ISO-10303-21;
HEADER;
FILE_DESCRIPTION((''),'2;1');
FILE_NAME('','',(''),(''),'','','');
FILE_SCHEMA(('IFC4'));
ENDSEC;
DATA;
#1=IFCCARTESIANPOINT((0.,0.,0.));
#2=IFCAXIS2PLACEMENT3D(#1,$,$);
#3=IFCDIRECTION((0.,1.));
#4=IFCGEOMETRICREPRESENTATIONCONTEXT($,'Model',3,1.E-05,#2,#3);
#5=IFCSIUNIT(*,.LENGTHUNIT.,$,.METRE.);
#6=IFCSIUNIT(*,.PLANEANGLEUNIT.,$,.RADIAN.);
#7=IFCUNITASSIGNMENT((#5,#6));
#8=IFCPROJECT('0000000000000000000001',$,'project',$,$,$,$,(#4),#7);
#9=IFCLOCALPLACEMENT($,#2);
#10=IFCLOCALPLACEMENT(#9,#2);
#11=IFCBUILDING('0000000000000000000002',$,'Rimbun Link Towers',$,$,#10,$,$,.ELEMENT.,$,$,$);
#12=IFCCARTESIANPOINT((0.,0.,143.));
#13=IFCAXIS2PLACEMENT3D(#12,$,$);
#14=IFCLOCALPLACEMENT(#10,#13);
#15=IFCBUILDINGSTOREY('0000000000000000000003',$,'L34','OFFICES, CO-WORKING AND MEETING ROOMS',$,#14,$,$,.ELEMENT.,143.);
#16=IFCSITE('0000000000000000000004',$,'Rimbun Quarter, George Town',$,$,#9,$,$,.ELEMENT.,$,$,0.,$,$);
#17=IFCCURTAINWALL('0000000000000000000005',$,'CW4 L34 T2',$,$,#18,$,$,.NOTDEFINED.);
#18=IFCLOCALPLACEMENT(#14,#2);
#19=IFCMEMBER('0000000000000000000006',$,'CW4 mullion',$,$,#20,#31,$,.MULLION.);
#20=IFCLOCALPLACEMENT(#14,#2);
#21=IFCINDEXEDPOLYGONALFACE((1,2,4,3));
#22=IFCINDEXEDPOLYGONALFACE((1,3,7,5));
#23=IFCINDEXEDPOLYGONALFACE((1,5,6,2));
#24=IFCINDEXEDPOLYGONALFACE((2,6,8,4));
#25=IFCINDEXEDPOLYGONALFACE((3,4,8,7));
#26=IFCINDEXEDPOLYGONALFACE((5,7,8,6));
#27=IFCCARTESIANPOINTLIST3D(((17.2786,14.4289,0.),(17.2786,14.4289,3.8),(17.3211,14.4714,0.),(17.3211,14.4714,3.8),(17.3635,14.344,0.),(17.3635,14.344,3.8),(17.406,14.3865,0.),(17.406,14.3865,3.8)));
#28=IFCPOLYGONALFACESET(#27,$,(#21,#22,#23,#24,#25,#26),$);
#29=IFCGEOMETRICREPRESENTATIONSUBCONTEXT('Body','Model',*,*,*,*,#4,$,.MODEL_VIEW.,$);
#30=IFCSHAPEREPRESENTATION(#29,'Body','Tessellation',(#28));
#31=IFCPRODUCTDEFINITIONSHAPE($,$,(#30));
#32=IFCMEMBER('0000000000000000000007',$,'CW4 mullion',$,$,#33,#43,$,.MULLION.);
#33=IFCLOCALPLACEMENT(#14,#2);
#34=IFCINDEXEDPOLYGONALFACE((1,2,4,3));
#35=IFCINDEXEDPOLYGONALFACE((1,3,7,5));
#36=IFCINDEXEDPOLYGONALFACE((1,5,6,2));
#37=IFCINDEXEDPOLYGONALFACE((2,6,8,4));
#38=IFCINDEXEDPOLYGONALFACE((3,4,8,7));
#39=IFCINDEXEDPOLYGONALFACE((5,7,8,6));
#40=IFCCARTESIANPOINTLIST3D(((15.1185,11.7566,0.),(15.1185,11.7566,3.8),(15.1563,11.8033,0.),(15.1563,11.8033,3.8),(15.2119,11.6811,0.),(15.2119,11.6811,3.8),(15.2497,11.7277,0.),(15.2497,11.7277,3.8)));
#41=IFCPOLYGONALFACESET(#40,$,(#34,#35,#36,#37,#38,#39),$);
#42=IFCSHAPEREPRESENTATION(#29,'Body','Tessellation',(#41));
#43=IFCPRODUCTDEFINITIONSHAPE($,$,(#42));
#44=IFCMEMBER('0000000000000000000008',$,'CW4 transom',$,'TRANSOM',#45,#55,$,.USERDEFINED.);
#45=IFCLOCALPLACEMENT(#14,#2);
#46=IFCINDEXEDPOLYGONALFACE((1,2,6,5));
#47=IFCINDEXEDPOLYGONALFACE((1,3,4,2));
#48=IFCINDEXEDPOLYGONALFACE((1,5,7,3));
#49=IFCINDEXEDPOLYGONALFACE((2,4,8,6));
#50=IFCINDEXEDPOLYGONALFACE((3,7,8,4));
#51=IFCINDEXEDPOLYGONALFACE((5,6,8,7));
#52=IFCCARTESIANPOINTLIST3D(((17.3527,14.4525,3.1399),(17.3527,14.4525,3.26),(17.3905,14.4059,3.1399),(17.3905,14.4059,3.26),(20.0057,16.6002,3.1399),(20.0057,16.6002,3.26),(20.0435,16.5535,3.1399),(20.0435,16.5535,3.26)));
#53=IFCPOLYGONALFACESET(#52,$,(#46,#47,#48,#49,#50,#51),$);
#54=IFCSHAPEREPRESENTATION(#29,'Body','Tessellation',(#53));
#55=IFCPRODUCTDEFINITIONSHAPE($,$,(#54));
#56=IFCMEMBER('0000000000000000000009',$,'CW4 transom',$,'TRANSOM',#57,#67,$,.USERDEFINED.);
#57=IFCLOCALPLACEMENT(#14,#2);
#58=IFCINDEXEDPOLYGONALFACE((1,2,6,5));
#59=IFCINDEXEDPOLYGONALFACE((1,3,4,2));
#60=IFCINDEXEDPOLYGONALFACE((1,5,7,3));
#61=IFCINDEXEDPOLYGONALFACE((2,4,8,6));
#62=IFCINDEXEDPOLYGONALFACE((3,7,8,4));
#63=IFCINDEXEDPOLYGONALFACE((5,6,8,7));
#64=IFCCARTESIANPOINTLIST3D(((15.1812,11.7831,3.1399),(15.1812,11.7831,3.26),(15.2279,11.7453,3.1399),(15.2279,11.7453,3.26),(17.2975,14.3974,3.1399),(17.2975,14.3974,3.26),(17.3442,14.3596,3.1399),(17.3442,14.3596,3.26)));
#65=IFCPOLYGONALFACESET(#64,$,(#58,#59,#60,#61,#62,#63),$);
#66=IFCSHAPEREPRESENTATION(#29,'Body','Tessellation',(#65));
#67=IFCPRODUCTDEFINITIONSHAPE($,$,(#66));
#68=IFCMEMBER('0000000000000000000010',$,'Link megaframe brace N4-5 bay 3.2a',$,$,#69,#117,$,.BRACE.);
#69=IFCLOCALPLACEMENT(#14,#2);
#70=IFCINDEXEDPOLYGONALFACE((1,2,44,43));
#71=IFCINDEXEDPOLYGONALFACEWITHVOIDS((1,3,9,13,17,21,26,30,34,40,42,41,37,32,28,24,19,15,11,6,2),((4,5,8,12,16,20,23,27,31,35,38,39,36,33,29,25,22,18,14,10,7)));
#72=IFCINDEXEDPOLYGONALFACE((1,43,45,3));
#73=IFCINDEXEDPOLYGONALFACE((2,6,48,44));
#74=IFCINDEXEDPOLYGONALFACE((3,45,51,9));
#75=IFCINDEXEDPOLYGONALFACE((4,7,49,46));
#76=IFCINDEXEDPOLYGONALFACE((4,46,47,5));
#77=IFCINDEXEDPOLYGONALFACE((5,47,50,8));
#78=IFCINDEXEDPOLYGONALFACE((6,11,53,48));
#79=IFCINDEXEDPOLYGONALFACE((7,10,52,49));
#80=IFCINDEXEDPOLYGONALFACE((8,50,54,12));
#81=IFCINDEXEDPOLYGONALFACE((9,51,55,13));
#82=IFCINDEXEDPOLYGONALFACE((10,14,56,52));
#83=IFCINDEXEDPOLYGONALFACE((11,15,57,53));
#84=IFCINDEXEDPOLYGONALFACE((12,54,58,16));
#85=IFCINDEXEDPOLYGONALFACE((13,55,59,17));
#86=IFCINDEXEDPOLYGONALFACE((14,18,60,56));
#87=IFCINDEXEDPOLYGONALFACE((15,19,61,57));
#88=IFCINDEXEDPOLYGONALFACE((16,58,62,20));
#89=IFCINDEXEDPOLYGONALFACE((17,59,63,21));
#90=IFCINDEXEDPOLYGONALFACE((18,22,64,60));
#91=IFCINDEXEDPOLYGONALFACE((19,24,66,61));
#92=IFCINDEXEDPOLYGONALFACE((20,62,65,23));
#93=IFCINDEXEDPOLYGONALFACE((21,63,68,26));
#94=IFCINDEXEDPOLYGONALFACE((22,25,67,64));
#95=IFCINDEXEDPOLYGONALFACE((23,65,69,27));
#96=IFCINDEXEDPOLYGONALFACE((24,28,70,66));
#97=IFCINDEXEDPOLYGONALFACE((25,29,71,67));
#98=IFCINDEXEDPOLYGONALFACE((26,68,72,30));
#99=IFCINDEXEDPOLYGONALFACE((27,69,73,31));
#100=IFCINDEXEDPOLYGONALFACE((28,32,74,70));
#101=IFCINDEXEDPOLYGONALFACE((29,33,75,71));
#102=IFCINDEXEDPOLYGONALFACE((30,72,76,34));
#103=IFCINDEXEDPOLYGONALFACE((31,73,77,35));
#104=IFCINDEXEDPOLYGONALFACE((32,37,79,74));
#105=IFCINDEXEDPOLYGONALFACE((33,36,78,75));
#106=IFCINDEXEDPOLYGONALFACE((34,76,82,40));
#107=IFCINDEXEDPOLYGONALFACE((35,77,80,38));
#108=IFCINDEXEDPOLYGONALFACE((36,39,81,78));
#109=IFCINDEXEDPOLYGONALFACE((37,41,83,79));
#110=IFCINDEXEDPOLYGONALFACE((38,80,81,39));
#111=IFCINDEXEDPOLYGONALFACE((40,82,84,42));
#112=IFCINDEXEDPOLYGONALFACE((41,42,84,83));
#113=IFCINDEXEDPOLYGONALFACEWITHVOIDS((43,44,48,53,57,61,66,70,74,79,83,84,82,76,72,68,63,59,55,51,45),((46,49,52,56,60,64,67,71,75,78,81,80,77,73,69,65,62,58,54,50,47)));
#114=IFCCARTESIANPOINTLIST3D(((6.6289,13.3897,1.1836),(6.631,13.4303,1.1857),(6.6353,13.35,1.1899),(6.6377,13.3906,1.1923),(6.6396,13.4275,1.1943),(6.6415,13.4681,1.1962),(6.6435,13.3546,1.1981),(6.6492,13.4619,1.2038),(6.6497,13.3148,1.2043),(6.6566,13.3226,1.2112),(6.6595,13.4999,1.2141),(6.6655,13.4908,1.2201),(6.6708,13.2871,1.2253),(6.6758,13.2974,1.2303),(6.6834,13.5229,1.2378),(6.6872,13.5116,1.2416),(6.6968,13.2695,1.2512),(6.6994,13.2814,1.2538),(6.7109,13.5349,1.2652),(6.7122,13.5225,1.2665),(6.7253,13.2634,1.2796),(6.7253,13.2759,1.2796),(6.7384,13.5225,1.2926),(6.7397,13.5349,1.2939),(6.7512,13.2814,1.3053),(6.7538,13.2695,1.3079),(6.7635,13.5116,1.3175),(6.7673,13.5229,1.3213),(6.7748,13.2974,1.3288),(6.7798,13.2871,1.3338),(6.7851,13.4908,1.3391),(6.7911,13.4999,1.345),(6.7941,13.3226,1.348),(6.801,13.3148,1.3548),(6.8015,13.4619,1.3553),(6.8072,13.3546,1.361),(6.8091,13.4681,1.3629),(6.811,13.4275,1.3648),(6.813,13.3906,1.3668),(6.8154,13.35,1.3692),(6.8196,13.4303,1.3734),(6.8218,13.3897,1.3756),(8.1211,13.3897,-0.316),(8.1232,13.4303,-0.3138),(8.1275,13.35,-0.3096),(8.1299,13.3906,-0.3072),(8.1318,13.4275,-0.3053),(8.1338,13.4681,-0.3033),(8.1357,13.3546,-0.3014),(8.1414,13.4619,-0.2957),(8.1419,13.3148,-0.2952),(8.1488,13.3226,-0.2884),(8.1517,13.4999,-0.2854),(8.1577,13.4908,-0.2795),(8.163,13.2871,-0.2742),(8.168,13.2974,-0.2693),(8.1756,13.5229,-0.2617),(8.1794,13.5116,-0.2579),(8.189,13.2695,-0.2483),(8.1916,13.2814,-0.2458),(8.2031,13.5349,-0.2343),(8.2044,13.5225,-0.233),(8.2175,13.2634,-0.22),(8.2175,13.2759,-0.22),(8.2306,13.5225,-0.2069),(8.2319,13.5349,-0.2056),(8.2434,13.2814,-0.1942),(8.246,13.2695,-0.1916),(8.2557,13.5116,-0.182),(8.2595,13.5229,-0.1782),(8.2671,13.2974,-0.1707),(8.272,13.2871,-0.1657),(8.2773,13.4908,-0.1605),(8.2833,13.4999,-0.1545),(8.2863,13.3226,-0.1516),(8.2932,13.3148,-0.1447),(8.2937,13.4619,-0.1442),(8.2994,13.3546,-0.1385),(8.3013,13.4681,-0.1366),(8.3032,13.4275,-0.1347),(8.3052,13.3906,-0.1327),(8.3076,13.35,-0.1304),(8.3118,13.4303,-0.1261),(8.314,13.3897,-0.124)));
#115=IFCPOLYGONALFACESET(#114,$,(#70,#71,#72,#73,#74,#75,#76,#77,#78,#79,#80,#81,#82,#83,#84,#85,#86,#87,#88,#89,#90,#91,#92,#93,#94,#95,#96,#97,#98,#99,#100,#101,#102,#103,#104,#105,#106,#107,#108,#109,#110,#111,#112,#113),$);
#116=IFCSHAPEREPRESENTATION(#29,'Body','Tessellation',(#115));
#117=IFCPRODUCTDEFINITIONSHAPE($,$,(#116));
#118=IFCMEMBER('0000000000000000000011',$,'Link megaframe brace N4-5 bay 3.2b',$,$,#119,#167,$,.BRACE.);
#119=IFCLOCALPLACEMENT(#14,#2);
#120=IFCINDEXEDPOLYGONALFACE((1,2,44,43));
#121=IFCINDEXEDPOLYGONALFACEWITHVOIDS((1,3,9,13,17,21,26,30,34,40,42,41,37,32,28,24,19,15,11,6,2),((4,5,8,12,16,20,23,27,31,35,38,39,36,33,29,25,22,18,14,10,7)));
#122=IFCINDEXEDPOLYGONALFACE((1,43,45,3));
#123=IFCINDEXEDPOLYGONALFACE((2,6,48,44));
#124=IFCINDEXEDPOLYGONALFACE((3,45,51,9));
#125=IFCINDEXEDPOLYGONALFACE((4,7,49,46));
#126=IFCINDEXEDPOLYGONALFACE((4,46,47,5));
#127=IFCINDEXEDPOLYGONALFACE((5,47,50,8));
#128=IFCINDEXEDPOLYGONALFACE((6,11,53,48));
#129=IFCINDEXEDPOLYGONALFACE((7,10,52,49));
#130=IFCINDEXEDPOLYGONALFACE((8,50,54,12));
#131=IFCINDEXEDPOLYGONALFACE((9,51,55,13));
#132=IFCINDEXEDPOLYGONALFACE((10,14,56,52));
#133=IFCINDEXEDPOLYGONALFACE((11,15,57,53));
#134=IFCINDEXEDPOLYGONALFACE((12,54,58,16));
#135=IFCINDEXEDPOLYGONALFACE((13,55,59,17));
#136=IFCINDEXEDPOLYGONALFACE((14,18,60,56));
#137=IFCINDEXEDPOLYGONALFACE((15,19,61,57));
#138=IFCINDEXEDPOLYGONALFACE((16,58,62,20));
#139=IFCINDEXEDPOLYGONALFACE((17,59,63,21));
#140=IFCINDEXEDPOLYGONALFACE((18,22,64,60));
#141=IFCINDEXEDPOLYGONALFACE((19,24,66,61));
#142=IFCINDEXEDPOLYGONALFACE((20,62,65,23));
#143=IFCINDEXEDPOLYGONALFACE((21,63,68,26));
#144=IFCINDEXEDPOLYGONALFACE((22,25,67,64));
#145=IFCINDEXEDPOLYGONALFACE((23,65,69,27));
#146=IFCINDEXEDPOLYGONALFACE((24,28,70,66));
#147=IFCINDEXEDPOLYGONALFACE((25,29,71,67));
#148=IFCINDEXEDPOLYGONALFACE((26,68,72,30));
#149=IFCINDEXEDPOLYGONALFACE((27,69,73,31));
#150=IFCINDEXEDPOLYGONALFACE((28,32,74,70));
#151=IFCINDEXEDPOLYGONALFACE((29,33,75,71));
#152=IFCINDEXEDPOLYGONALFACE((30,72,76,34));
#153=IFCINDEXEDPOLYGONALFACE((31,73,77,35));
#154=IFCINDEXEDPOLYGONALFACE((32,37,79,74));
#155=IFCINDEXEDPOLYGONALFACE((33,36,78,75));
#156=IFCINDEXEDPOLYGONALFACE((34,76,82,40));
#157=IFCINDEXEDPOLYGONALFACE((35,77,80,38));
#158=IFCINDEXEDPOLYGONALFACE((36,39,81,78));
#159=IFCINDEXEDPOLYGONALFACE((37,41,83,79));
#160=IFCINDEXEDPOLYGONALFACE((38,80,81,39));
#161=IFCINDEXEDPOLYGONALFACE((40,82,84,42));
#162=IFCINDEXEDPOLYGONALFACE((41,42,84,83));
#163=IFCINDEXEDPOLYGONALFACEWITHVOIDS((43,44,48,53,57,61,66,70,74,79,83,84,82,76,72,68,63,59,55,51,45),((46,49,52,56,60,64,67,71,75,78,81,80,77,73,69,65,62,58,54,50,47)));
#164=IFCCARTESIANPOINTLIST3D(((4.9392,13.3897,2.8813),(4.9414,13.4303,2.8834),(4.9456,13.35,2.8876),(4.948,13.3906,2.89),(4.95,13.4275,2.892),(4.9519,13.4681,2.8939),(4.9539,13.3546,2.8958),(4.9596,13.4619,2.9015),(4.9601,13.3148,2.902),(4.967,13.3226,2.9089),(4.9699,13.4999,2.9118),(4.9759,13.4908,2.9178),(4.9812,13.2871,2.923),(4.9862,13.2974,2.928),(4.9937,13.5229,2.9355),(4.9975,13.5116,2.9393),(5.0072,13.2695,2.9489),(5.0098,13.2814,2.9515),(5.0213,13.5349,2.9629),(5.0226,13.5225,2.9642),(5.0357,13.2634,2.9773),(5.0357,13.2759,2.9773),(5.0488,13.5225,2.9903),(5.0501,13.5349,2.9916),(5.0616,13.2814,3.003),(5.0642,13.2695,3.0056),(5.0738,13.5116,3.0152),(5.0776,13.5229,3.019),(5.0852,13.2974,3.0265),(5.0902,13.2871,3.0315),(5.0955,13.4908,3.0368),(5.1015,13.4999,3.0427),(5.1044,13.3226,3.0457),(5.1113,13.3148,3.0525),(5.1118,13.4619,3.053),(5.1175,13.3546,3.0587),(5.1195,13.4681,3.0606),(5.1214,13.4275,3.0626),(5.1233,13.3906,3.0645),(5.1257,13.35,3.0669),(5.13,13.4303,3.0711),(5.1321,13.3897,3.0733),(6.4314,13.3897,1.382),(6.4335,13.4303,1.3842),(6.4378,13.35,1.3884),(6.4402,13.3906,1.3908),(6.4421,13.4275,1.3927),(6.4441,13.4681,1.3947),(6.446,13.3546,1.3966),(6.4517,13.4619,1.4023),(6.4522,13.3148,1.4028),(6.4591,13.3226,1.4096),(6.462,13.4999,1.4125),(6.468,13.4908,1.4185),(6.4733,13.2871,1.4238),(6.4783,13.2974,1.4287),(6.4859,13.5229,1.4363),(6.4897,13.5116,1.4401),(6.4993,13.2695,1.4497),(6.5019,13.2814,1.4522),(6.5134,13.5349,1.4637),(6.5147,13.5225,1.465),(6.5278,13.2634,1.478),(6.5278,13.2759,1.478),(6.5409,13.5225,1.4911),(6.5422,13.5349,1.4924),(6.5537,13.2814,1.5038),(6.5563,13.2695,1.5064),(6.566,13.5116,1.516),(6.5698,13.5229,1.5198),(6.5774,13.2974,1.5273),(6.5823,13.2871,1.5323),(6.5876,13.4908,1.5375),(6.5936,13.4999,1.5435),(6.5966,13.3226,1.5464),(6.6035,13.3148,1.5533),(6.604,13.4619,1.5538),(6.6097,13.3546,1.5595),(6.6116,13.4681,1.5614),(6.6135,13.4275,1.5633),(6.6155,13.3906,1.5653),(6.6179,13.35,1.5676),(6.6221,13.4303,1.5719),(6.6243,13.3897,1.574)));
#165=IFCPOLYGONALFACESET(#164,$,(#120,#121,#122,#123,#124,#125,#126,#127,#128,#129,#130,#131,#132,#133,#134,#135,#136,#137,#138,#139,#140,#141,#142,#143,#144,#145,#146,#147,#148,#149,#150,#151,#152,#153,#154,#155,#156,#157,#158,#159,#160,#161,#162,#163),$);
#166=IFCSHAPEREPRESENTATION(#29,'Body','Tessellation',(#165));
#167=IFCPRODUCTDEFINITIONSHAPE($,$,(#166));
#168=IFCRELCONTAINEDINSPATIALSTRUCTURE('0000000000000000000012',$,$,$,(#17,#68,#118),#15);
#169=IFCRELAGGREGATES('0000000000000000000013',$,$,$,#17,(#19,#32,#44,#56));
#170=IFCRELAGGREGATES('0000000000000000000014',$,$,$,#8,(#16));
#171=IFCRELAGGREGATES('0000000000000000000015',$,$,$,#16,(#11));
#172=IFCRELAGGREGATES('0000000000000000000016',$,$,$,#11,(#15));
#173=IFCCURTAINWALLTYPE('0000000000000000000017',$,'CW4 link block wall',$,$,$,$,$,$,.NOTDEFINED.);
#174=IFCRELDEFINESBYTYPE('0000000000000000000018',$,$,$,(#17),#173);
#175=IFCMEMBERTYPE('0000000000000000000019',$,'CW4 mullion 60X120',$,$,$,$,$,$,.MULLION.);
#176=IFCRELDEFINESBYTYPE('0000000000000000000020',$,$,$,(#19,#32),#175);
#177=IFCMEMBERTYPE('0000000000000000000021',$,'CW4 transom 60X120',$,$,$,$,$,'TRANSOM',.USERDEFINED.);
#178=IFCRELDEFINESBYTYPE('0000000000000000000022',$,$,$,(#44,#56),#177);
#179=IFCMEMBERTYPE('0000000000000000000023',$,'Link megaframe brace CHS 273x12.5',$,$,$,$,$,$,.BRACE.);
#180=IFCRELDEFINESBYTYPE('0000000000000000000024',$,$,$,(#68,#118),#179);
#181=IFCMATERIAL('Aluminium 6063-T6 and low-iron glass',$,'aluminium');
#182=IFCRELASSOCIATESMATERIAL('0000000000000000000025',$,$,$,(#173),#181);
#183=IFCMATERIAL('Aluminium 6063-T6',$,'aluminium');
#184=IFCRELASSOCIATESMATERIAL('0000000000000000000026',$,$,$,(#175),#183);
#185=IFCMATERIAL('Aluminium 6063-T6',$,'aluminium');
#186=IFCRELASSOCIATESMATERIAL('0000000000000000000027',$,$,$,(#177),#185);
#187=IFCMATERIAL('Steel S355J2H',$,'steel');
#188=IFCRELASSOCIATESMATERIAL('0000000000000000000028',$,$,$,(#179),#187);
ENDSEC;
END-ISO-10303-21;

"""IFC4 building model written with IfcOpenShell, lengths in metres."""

from ifc_helpers import new_model, si_unit, direction, frame, origin, origin_2d, place, context, subcontext, project, spatial, rectangle, hollow_circle, extrude, material, material_profile, profile_set, type_object, element, aggregate, save


model = new_model("IFC4")

# Units and contexts
model_context = context("Model", 3, precision=1e-05, world=origin(), true_north=direction((0.0, 1.0)))
body_context = subcontext(model_context, "Body", "Model", "MODEL_VIEW")
ifc_project = project(units=[si_unit("LENGTHUNIT", "METRE"), si_unit("PLANEANGLEUNIT", "RADIAN")], contexts=[model_context])

# Site, building, storey
site_placement = place(None, origin())
site = spatial("IfcSite", under=ifc_project, at=site_placement, Name="Rimbun Quarter, George Town", CompositionType="ELEMENT", RefElevation=0.0)
building_placement = place(site_placement, origin())
building = spatial("IfcBuilding", under=site, at=building_placement, Name="Rimbun Link Towers", CompositionType="ELEMENT")
storey_placement = place(building_placement, frame((0.0, 0.0, 143.0)))
storey = spatial("IfcBuildingStorey", under=building, at=storey_placement, Name="L34", Description="OFFICES, CO-WORKING AND MEETING ROOMS", CompositionType="ELEMENT", Elevation=143.0)

# Curtain wall, members
ifc_material_1 = material(Name="Aluminium 6063-T6 and low-iron glass", Category="aluminium")
curtain_wall_type = type_object("IfcCurtainWallType", Name="CW4 link block wall", PredefinedType="NOTDEFINED", material=ifc_material_1)
curtain_wall_placement = place(storey_placement, origin())
curtain_wall = element("IfcCurtainWall", 1, at=curtain_wall_placement, inside=storey, type_object=curtain_wall_type, Name="CW4 L34 T2", PredefinedType="NOTDEFINED")
ifc_material_2 = material(Name="Aluminium 6063-T6", Category="aluminium")
ifc_material_profile_1 = material_profile(ifc_material_2, rectangle(XDim=0.1201, YDim=0.0601, at=origin_2d()), Name="MULLION 60X120")
ifc_profile_set_1 = profile_set([ifc_material_profile_1], Name="Aluminium 6063-T6")
member_type_1 = type_object("IfcMemberType", Name="CW4 mullion 60X120", PredefinedType="MULLION", material=ifc_profile_set_1)
member_1_placement = place(storey_placement, frame((17.3423, 14.4077, 0.0), z_axis=(0.0, 0.0, 1.0), x_axis=(-0.707107, 0.707107, 0.0)))
member_1 = element("IfcMember", 2, at=member_1_placement, type_object=member_type_1, Name="CW4 mullion", PredefinedType="MULLION", context=body_context, shape_type="SweptSolid", body=[
    extrude(rectangle(XDim=0.1201, YDim=0.0601, at=origin_2d()), origin(), (0.0, 0.0, 1.0), 3.8),
])
member_2_placement = place(storey_placement, frame((15.1841, 11.7422, 0.0), z_axis=(0.0, 0.0, 1.0), x_axis=(-0.777277, 0.629159, 0.0)))
member_2 = element("IfcMember", 3, at=member_2_placement, type_object=member_type_1, Name="CW4 mullion", PredefinedType="MULLION", context=body_context, shape_type="SweptSolid", body=[
    extrude(rectangle(XDim=0.1201, YDim=0.0601, at=origin_2d()), origin(), (0.0, 0.0, 1.0), 3.8),
])
ifc_material_3 = material(Name="Aluminium 6063-T6", Category="aluminium")
ifc_material_profile_2 = material_profile(ifc_material_3, rectangle(XDim=0.0601, YDim=0.1201, at=origin_2d()), Name="TRANSOM 60X120")
ifc_profile_set_2 = profile_set([ifc_material_profile_2], Name="Aluminium 6063-T6")
member_type_2 = type_object("IfcMemberType", Name="CW4 transom 60X120", ElementType="TRANSOM", PredefinedType="USERDEFINED", material=ifc_profile_set_2)
member_3_placement = place(storey_placement, frame((17.3716, 14.4292, 3.2), z_axis=(0.777248, 0.629194, 0.0), x_axis=(-0.629194, 0.777248, 0.0)))
member_3 = element("IfcMember", 4, at=member_3_placement, type_object=member_type_2, Name="CW4 transom", ObjectType="TRANSOM", PredefinedType="USERDEFINED", context=body_context, shape_type="SweptSolid", body=[
    extrude(rectangle(XDim=0.0601, YDim=0.1201, at=origin_2d()), origin(), (0.0, 0.0, 1.0), 3.4133),
])
member_4_placement = place(storey_placement, frame((15.2046, 11.7642, 3.2), z_axis=(0.629182, 0.777258, 0.0), x_axis=(-0.777258, 0.629182, 0.0)))
member_4 = element("IfcMember", 5, at=member_4_placement, type_object=member_type_2, Name="CW4 transom", ObjectType="TRANSOM", PredefinedType="USERDEFINED", context=body_context, shape_type="SweptSolid", body=[
    extrude(rectangle(XDim=0.0601, YDim=0.1201, at=origin_2d()), origin(), (0.0, 0.0, 1.0), 3.3635),
])

# Members
ifc_material_4 = material(Name="Steel S355J2H", Category="steel")
ifc_material_profile_3 = material_profile(ifc_material_4, hollow_circle(Radius=0.1365, WallThickness=0.0125, at=origin_2d()), Name="CHS 273x12.5")
ifc_profile_set_3 = profile_set([ifc_material_profile_3], Name="Steel S355J2H")
member_type_3 = type_object("IfcMemberType", Name="Link megaframe brace CHS 273x12.5", PredefinedType="BRACE", material=ifc_profile_set_3)
member_5_placement = place(storey_placement, frame((8.2175, 13.3999, -0.22), z_axis=(-0.705374, 0.0, 0.708836), x_axis=(0.0, -1.0, 0.0)))
element("IfcMember", 6, at=member_5_placement, inside=storey, type_object=member_type_3, Name="Link megaframe brace N4-5 bay 3.2a", PredefinedType="BRACE", context=body_context, shape_type="SweptSolid", body=[
    extrude(hollow_circle(Radius=0.1365, WallThickness=0.0125, at=origin_2d()), origin(), (0.0, 0.0, 1.0), 2.1155),
])
member_6_placement = place(storey_placement, frame((6.5278, 13.3999, 1.478), z_axis=(-0.705431, 0.0, 0.708778), x_axis=(0.0, -1.0, 0.0)))
element("IfcMember", 7, at=member_6_placement, inside=storey, type_object=member_type_3, Name="Link megaframe brace N4-5 bay 3.2b", PredefinedType="BRACE", context=body_context, shape_type="SweptSolid", body=[
    extrude(hollow_circle(Radius=0.1365, WallThickness=0.0125, at=origin_2d()), origin(), (0.0, 0.0, 1.0), 2.1152),
])

aggregate(curtain_wall, [member_1, member_2, member_3, member_4])

save(model, "model.ifc")
